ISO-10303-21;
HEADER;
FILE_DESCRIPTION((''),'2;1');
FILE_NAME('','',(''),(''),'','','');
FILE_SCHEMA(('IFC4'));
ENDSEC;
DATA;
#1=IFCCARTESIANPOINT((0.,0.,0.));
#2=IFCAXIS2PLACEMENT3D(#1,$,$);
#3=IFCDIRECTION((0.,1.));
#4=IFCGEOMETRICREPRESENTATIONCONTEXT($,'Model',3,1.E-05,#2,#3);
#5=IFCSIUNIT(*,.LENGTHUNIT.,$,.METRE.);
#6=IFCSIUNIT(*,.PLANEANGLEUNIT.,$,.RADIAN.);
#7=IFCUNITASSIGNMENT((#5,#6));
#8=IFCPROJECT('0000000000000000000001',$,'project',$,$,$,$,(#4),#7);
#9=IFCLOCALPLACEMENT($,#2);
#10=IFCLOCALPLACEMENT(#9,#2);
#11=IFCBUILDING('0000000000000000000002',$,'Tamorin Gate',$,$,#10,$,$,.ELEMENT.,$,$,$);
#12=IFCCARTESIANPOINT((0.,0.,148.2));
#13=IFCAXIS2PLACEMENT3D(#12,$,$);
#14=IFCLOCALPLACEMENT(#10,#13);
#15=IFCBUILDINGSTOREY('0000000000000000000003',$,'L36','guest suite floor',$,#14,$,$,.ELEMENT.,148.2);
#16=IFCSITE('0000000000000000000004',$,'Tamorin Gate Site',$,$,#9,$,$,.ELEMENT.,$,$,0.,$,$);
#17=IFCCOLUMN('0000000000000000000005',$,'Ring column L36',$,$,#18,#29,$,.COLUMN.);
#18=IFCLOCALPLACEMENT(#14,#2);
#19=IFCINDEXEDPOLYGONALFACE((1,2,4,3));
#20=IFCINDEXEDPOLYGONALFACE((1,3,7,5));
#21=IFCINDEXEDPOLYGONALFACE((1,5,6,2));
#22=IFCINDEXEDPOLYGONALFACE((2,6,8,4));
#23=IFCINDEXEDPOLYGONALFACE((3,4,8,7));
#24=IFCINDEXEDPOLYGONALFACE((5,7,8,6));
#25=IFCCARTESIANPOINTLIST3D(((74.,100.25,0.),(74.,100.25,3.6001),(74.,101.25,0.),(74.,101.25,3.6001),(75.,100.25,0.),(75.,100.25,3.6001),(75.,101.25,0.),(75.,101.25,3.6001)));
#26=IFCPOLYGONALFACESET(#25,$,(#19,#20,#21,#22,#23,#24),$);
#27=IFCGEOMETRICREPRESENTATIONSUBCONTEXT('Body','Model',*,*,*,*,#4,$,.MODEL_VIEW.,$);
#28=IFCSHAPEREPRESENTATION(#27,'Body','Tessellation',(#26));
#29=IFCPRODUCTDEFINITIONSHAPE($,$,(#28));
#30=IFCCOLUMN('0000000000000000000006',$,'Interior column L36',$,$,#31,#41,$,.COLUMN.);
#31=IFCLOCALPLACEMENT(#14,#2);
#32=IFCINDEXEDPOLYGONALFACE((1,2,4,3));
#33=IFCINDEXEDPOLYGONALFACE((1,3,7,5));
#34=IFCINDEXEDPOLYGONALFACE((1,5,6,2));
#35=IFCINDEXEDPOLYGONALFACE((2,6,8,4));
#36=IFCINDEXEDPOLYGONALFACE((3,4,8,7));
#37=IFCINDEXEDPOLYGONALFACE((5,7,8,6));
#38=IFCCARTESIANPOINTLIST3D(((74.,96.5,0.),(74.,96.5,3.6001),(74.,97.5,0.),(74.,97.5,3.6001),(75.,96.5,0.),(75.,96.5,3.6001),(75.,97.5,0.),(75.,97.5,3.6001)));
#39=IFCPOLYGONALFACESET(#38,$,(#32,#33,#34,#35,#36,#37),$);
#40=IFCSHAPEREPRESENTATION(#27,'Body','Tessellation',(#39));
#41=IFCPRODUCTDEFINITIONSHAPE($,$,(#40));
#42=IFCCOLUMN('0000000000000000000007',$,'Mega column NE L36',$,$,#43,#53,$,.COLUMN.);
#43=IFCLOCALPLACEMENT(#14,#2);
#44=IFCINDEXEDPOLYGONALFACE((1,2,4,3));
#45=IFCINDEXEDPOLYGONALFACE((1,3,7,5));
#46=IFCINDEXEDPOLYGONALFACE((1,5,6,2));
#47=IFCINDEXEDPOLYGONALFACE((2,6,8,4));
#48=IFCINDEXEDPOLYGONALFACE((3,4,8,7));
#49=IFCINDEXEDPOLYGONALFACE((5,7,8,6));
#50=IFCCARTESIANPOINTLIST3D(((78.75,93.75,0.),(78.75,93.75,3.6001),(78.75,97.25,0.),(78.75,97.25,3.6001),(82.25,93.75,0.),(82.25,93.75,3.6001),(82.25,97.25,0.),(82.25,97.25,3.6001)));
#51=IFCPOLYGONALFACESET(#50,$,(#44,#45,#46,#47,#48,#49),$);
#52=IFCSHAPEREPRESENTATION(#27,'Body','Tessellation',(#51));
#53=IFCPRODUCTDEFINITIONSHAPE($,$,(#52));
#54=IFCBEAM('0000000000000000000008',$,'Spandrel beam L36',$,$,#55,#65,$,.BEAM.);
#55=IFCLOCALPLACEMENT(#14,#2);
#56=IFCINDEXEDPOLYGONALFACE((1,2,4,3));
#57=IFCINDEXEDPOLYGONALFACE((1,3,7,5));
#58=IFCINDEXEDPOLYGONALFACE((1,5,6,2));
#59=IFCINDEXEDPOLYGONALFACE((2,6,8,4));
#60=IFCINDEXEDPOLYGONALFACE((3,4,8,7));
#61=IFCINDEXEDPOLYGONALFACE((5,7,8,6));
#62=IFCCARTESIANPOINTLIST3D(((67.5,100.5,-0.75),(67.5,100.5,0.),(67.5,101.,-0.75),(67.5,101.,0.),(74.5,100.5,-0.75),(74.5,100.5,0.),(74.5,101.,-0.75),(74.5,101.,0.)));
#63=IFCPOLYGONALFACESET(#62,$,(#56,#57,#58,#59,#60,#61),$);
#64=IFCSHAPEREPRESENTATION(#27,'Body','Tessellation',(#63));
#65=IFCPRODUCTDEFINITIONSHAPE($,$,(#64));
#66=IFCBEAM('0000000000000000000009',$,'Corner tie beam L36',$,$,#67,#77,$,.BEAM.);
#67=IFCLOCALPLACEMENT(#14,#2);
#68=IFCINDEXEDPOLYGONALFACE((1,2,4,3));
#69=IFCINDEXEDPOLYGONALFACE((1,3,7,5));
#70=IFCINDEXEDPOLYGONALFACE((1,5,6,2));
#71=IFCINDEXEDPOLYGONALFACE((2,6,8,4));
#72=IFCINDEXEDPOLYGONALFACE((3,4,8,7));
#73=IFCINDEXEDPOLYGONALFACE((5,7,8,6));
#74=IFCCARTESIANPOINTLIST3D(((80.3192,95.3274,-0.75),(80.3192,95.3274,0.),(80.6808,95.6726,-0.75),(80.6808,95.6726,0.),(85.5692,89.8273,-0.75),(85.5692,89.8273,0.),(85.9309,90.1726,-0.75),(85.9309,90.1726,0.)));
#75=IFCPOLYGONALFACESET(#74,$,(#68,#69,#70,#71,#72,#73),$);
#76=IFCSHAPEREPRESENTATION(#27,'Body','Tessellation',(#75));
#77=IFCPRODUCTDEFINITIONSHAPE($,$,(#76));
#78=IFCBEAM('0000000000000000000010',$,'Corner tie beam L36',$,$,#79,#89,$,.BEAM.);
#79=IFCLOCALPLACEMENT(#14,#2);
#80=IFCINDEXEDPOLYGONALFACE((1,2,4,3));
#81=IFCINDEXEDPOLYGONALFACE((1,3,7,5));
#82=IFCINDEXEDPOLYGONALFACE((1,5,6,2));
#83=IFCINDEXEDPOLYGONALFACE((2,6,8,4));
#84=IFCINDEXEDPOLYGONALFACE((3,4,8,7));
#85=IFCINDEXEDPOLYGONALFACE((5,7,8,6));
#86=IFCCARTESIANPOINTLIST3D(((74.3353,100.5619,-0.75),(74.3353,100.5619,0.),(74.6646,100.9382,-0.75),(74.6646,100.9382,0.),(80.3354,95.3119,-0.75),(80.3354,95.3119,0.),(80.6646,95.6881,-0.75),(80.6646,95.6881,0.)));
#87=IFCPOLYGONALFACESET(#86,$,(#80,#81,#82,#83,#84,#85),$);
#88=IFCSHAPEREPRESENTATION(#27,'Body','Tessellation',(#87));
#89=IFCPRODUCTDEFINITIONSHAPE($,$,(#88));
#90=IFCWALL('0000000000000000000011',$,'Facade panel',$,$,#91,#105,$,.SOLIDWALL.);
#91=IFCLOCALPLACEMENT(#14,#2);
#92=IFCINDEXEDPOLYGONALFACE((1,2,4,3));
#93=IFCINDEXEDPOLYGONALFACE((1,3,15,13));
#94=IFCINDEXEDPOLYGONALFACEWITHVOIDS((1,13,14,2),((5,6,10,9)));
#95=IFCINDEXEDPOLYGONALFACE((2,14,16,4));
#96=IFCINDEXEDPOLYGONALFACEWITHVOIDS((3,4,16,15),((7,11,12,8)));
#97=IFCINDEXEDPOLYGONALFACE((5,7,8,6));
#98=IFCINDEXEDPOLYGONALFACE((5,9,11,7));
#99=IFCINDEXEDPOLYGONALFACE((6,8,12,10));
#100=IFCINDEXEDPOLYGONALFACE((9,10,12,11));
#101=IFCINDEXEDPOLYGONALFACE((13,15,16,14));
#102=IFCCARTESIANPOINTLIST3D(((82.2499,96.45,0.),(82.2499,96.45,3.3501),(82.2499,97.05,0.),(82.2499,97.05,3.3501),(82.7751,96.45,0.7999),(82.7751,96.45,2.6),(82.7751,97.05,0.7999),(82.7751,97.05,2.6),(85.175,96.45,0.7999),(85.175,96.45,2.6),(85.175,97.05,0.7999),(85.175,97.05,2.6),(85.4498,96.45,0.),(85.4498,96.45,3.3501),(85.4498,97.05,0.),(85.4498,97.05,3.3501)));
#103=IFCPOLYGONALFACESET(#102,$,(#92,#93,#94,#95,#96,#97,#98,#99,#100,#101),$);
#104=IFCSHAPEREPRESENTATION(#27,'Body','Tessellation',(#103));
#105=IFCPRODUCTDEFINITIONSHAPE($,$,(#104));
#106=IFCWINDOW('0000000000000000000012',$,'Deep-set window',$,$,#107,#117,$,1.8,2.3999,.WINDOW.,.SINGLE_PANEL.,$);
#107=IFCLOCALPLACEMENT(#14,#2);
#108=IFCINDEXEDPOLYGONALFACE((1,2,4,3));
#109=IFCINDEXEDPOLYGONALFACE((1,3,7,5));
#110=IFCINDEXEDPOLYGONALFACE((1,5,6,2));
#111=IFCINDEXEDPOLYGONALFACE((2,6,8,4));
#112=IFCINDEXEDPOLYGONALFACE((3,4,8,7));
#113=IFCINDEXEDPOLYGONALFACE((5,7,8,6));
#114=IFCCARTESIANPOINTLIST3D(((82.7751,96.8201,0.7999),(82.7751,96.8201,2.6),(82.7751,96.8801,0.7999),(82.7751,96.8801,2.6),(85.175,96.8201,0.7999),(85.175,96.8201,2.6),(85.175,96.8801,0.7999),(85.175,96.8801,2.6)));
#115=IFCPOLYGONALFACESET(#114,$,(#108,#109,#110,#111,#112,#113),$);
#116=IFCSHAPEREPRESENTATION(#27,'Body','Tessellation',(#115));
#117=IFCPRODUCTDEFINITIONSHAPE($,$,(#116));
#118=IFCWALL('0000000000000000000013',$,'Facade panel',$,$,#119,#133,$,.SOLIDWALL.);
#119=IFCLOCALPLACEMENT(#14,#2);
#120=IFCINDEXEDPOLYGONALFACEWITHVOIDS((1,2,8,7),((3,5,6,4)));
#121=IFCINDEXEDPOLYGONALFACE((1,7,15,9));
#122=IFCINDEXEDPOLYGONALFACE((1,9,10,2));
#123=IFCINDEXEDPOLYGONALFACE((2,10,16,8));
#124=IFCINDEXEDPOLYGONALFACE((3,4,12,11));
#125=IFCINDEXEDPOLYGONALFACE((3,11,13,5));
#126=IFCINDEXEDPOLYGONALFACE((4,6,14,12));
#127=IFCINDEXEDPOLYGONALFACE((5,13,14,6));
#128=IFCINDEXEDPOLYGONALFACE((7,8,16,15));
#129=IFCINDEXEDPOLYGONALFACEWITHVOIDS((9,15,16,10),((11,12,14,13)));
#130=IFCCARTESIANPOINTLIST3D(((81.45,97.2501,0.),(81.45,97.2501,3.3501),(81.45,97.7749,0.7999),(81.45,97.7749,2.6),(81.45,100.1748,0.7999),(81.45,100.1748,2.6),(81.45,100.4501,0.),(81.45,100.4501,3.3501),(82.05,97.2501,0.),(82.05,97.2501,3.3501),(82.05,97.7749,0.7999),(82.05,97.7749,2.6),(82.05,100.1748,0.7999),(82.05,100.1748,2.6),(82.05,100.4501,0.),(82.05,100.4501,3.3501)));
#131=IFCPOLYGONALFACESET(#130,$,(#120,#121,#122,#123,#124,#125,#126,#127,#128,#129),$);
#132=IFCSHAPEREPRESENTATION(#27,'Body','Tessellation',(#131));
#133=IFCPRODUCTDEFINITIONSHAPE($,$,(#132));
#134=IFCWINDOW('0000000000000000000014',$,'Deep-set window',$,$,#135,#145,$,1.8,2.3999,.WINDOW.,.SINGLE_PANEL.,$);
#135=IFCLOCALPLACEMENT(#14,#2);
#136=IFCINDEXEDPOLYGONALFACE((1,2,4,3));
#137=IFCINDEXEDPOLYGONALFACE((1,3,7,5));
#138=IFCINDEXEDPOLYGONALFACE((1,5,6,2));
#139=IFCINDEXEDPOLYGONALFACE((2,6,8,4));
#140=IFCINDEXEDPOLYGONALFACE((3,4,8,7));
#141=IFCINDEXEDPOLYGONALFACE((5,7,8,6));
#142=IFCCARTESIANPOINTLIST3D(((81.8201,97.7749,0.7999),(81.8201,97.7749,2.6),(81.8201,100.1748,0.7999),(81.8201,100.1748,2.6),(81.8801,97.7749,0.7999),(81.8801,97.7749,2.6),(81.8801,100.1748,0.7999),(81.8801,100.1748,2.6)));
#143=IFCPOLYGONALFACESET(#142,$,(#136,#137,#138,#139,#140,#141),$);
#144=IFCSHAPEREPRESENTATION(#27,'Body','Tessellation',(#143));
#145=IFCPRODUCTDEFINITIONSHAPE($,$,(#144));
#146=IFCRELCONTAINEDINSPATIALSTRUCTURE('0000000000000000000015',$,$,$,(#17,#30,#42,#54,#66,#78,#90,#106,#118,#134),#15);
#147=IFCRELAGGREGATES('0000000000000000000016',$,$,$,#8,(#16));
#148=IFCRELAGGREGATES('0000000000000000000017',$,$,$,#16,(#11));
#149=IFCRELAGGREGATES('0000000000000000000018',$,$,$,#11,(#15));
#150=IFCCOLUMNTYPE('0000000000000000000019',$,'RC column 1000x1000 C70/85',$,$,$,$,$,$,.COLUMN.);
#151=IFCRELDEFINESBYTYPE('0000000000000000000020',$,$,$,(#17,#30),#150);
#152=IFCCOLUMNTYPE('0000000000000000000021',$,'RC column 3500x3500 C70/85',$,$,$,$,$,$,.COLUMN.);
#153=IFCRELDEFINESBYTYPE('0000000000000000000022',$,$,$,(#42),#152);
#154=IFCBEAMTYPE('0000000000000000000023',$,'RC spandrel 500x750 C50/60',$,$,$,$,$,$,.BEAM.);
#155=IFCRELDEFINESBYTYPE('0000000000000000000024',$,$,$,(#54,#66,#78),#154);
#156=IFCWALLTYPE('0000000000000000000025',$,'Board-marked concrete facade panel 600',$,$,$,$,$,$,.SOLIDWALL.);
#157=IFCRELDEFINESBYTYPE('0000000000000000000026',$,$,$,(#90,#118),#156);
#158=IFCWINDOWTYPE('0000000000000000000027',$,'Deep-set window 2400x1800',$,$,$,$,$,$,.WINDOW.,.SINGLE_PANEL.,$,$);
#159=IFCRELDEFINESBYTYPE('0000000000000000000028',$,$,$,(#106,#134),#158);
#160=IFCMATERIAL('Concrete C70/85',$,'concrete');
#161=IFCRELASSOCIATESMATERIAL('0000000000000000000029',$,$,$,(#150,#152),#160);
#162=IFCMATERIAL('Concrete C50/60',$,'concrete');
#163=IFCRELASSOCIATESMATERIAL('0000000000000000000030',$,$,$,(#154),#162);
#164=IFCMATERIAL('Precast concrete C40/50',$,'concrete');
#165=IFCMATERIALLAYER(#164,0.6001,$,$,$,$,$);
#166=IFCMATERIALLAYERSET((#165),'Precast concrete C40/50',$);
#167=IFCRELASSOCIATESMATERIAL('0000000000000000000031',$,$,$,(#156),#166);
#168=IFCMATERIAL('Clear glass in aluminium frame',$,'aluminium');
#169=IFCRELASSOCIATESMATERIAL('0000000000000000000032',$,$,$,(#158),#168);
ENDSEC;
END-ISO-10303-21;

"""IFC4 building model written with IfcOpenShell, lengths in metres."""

from ifc_helpers import new_model, si_unit, direction, frame, frame_2d, origin, origin_2d, place, context, subcontext, project, spatial, rectangle, extrude, material, layer, layer_set, material_profile, profile_set, type_object, element, fill, save


model = new_model("IFC4")

# Units and contexts
model_context = context("Model", 3, precision=1e-05, world=origin(), true_north=direction((0.0, 1.0)))
body_context = subcontext(model_context, "Body", "Model", "MODEL_VIEW")
ifc_project = project(units=[si_unit("LENGTHUNIT", "METRE"), si_unit("PLANEANGLEUNIT", "RADIAN")], contexts=[model_context])

# Site, building, storey
site_placement = place(None, origin())
site = spatial("IfcSite", under=ifc_project, at=site_placement, Name="Tamorin Gate Site", CompositionType="ELEMENT", RefElevation=0.0)
building_placement = place(site_placement, origin())
building = spatial("IfcBuilding", under=site, at=building_placement, Name="Tamorin Gate", CompositionType="ELEMENT")
storey_placement = place(building_placement, frame((0.0, 0.0, 148.2)))
storey = spatial("IfcBuildingStorey", under=building, at=storey_placement, Name="L36", Description="guest suite floor", CompositionType="ELEMENT", Elevation=148.2)

# Columns
ifc_material_1 = material(Name="Concrete C70/85", Category="concrete")
ifc_material_profile_1 = material_profile(ifc_material_1, rectangle(XDim=1.0, YDim=1.0, at=origin_2d()), Name="RC 1000x1000")
ifc_profile_set_1 = profile_set([ifc_material_profile_1], Name="Concrete C70/85")
column_type_1 = type_object("IfcColumnType", Name="RC column 1000x1000 C70/85", PredefinedType="COLUMN", material=ifc_profile_set_1)
for number, where, z_axis, x_axis, name in (
    (1, (74.5, 100.75, 0.0), (0.0, 0.0, 1.0), (1.0, 0.0, 0.0), "Ring column L36"),
    (2, (74.5, 97.0, 0.0), (0.0, 0.0, 1.0), (1.0, 0.0, 0.0), "Interior column L36"),
):
    element("IfcColumn", number, at=place(storey_placement, frame(where, z_axis=z_axis, x_axis=x_axis)), inside=storey, type_object=column_type_1, Name=name, PredefinedType="COLUMN", context=body_context, shape_type="SweptSolid", body=[
        extrude(rectangle(XDim=1.0, YDim=1.0, at=origin_2d()), origin(), (0.0, 0.0, 1.0), 3.6001),
    ])
ifc_material_profile_2 = material_profile(ifc_material_1, rectangle(XDim=3.5, YDim=3.5, at=origin_2d()), Name="RC 3500x3500")
ifc_profile_set_2 = profile_set([ifc_material_profile_2], Name="Concrete C70/85")
column_type_2 = type_object("IfcColumnType", Name="RC column 3500x3500 C70/85", PredefinedType="COLUMN", material=ifc_profile_set_2)
column_placement = place(storey_placement, frame((80.5, 95.5, 0.0), z_axis=(0.0, 0.0, 1.0), x_axis=(1.0, 0.0, 0.0)))
element("IfcColumn", 3, at=column_placement, inside=storey, type_object=column_type_2, Name="Mega column NE L36", PredefinedType="COLUMN", context=body_context, shape_type="SweptSolid", body=[
    extrude(rectangle(XDim=3.5, YDim=3.5, at=origin_2d()), origin(), (0.0, 0.0, 1.0), 3.6001),
])

# Beams
ifc_material_2 = material(Name="Concrete C50/60", Category="concrete")
ifc_material_profile_3 = material_profile(ifc_material_2, rectangle(XDim=0.5, YDim=0.75, at=origin_2d()), Name="RC 500x750")
ifc_profile_set_3 = profile_set([ifc_material_profile_3], Name="Concrete C50/60")
beam_type = type_object("IfcBeamType", Name="RC spandrel 500x750 C50/60", PredefinedType="BEAM", material=ifc_profile_set_3)
beam_1_placement = place(storey_placement, frame((74.5, 100.75, -0.375), z_axis=(-1.0, 0.0, 0.0), x_axis=(0.0, -1.0, 0.0)))
element("IfcBeam", 4, at=beam_1_placement, inside=storey, type_object=beam_type, Name="Spandrel beam L36", PredefinedType="BEAM", context=body_context, shape_type="SweptSolid", body=[
    extrude(rectangle(XDim=0.5, YDim=0.75, at=origin_2d()), origin(), (0.0, 0.0, 1.0), 7.0),
])
beam_2_placement = place(storey_placement, frame((80.5, 95.5, -0.375), z_axis=(0.690476, -0.723356, 0.0), x_axis=(0.723356, 0.690476, 0.0)))
element("IfcBeam", 5, at=beam_2_placement, inside=storey, type_object=beam_type, Name="Corner tie beam L36", PredefinedType="BEAM", context=body_context, shape_type="SweptSolid", body=[
    extrude(rectangle(XDim=0.5, YDim=0.75, at=origin_2d()), origin(), (0.0, 0.0, 1.0), 7.6035),
])
beam_3_placement = place(storey_placement, frame((80.5, 95.5, -0.375), z_axis=(-0.752577, 0.658505, 0.0), x_axis=(-0.658505, -0.752577, 0.0)))
element("IfcBeam", 6, at=beam_3_placement, inside=storey, type_object=beam_type, Name="Corner tie beam L36", PredefinedType="BEAM", context=body_context, shape_type="SweptSolid", body=[
    extrude(rectangle(XDim=0.5, YDim=0.75, at=origin_2d()), origin(), (0.0, 0.0, 1.0), 7.9727),
])

# Walls, openings, windows
ifc_material_3 = material(Name="Precast concrete C40/50", Category="concrete")
ifc_layer_1 = layer(ifc_material_3, 0.6001)
ifc_layer_set_1 = layer_set([ifc_layer_1], Name="Precast concrete C40/50")
wall_type_1 = type_object("IfcWallType", Name="Board-marked concrete facade panel 600", PredefinedType="SOLIDWALL", material=ifc_layer_set_1)
wall_1_placement = place(storey_placement, frame((85.45, 96.75, 0.0), z_axis=(0.0, 0.0, 1.0), x_axis=(-1.0, 0.0, 0.0)))
wall_1 = element("IfcWall", 7, at=wall_1_placement, inside=storey, type_object=wall_type_1, Name="Facade panel", PredefinedType="SOLIDWALL", context=body_context, shape_type="SweptSolid", body=[
    extrude(rectangle(XDim=3.2, YDim=0.6001, at=frame_2d((1.6001, 0.0))), origin(), (0.0, 0.0, 1.0), 3.3501),
])
opening_1_placement = place(wall_1_placement, frame((0.2749, 0.0, 0.8)))
opening_1 = element("IfcOpeningElement", 8, at=opening_1_placement, cuts=wall_1, PredefinedType="OPENING", context=body_context, shape_type="SweptSolid", body=[
    extrude(rectangle(XDim=2.3999, YDim=1.8, at=frame_2d((1.2, 0.8999))), frame((0.0, 0.3101, 0.0), z_axis=(0.0, -1.0, 0.0), x_axis=(1.0, 0.0, 0.0)), (0.0, 0.0, 1.0), 0.6201),
])
ifc_material_4 = material(Name="Clear glass in aluminium frame", Category="aluminium")
window_type_1 = type_object("IfcWindowType", Name="Deep-set window 2400x1800", PartitioningType="SINGLE_PANEL", PredefinedType="WINDOW", material=ifc_material_4)
window_1_placement = place(opening_1_placement, origin())
window_1 = element("IfcWindow", 9, at=window_1_placement, inside=storey, type_object=window_type_1, Name="Deep-set window", OverallHeight=1.8, OverallWidth=2.3999, PartitioningType="SINGLE_PANEL", PredefinedType="WINDOW", context=body_context, shape_type="SweptSolid", body=[
    extrude(rectangle(XDim=2.3999, YDim=1.8, at=frame_2d((1.2, 0.8999))), frame((0.0, -0.0701, 0.0), z_axis=(0.0, -1.0, 0.0), x_axis=(1.0, 0.0, 0.0)), (0.0, 0.0, 1.0), 0.0601),
])
fill(opening_1, window_1)
wall_2_placement = place(storey_placement, frame((81.75, 97.25, 0.0), z_axis=(0.0, 0.0, 1.0), x_axis=(0.0, 1.0, 0.0)))
wall_2 = element("IfcWall", 10, at=wall_2_placement, inside=storey, type_object=wall_type_1, Name="Facade panel", PredefinedType="SOLIDWALL", context=body_context, shape_type="SweptSolid", body=[
    extrude(rectangle(XDim=3.2, YDim=0.6001, at=frame_2d((1.6001, 0.0))), origin(), (0.0, 0.0, 1.0), 3.3501),
])
opening_2_placement = place(wall_2_placement, frame((0.5249, 0.0, 0.8)))
opening_2 = element("IfcOpeningElement", 11, at=opening_2_placement, cuts=wall_2, PredefinedType="OPENING", context=body_context, shape_type="SweptSolid", body=[
    extrude(rectangle(XDim=2.3999, YDim=1.8, at=frame_2d((1.2, 0.8999))), frame((0.0, 0.3101, 0.0), z_axis=(0.0, -1.0, 0.0), x_axis=(1.0, 0.0, 0.0)), (0.0, 0.0, 1.0), 0.6201),
])
window_2_placement = place(opening_2_placement, origin())
window_2 = element("IfcWindow", 12, at=window_2_placement, inside=storey, type_object=window_type_1, Name="Deep-set window", OverallHeight=1.8, OverallWidth=2.3999, PartitioningType="SINGLE_PANEL", PredefinedType="WINDOW", context=body_context, shape_type="SweptSolid", body=[
    extrude(rectangle(XDim=2.3999, YDim=1.8, at=frame_2d((1.2, 0.8999))), frame((0.0, -0.0701, 0.0), z_axis=(0.0, -1.0, 0.0), x_axis=(1.0, 0.0, 0.0)), (0.0, 0.0, 1.0), 0.0601),
])
fill(opening_2, window_2)

save(model, "model.ifc")
